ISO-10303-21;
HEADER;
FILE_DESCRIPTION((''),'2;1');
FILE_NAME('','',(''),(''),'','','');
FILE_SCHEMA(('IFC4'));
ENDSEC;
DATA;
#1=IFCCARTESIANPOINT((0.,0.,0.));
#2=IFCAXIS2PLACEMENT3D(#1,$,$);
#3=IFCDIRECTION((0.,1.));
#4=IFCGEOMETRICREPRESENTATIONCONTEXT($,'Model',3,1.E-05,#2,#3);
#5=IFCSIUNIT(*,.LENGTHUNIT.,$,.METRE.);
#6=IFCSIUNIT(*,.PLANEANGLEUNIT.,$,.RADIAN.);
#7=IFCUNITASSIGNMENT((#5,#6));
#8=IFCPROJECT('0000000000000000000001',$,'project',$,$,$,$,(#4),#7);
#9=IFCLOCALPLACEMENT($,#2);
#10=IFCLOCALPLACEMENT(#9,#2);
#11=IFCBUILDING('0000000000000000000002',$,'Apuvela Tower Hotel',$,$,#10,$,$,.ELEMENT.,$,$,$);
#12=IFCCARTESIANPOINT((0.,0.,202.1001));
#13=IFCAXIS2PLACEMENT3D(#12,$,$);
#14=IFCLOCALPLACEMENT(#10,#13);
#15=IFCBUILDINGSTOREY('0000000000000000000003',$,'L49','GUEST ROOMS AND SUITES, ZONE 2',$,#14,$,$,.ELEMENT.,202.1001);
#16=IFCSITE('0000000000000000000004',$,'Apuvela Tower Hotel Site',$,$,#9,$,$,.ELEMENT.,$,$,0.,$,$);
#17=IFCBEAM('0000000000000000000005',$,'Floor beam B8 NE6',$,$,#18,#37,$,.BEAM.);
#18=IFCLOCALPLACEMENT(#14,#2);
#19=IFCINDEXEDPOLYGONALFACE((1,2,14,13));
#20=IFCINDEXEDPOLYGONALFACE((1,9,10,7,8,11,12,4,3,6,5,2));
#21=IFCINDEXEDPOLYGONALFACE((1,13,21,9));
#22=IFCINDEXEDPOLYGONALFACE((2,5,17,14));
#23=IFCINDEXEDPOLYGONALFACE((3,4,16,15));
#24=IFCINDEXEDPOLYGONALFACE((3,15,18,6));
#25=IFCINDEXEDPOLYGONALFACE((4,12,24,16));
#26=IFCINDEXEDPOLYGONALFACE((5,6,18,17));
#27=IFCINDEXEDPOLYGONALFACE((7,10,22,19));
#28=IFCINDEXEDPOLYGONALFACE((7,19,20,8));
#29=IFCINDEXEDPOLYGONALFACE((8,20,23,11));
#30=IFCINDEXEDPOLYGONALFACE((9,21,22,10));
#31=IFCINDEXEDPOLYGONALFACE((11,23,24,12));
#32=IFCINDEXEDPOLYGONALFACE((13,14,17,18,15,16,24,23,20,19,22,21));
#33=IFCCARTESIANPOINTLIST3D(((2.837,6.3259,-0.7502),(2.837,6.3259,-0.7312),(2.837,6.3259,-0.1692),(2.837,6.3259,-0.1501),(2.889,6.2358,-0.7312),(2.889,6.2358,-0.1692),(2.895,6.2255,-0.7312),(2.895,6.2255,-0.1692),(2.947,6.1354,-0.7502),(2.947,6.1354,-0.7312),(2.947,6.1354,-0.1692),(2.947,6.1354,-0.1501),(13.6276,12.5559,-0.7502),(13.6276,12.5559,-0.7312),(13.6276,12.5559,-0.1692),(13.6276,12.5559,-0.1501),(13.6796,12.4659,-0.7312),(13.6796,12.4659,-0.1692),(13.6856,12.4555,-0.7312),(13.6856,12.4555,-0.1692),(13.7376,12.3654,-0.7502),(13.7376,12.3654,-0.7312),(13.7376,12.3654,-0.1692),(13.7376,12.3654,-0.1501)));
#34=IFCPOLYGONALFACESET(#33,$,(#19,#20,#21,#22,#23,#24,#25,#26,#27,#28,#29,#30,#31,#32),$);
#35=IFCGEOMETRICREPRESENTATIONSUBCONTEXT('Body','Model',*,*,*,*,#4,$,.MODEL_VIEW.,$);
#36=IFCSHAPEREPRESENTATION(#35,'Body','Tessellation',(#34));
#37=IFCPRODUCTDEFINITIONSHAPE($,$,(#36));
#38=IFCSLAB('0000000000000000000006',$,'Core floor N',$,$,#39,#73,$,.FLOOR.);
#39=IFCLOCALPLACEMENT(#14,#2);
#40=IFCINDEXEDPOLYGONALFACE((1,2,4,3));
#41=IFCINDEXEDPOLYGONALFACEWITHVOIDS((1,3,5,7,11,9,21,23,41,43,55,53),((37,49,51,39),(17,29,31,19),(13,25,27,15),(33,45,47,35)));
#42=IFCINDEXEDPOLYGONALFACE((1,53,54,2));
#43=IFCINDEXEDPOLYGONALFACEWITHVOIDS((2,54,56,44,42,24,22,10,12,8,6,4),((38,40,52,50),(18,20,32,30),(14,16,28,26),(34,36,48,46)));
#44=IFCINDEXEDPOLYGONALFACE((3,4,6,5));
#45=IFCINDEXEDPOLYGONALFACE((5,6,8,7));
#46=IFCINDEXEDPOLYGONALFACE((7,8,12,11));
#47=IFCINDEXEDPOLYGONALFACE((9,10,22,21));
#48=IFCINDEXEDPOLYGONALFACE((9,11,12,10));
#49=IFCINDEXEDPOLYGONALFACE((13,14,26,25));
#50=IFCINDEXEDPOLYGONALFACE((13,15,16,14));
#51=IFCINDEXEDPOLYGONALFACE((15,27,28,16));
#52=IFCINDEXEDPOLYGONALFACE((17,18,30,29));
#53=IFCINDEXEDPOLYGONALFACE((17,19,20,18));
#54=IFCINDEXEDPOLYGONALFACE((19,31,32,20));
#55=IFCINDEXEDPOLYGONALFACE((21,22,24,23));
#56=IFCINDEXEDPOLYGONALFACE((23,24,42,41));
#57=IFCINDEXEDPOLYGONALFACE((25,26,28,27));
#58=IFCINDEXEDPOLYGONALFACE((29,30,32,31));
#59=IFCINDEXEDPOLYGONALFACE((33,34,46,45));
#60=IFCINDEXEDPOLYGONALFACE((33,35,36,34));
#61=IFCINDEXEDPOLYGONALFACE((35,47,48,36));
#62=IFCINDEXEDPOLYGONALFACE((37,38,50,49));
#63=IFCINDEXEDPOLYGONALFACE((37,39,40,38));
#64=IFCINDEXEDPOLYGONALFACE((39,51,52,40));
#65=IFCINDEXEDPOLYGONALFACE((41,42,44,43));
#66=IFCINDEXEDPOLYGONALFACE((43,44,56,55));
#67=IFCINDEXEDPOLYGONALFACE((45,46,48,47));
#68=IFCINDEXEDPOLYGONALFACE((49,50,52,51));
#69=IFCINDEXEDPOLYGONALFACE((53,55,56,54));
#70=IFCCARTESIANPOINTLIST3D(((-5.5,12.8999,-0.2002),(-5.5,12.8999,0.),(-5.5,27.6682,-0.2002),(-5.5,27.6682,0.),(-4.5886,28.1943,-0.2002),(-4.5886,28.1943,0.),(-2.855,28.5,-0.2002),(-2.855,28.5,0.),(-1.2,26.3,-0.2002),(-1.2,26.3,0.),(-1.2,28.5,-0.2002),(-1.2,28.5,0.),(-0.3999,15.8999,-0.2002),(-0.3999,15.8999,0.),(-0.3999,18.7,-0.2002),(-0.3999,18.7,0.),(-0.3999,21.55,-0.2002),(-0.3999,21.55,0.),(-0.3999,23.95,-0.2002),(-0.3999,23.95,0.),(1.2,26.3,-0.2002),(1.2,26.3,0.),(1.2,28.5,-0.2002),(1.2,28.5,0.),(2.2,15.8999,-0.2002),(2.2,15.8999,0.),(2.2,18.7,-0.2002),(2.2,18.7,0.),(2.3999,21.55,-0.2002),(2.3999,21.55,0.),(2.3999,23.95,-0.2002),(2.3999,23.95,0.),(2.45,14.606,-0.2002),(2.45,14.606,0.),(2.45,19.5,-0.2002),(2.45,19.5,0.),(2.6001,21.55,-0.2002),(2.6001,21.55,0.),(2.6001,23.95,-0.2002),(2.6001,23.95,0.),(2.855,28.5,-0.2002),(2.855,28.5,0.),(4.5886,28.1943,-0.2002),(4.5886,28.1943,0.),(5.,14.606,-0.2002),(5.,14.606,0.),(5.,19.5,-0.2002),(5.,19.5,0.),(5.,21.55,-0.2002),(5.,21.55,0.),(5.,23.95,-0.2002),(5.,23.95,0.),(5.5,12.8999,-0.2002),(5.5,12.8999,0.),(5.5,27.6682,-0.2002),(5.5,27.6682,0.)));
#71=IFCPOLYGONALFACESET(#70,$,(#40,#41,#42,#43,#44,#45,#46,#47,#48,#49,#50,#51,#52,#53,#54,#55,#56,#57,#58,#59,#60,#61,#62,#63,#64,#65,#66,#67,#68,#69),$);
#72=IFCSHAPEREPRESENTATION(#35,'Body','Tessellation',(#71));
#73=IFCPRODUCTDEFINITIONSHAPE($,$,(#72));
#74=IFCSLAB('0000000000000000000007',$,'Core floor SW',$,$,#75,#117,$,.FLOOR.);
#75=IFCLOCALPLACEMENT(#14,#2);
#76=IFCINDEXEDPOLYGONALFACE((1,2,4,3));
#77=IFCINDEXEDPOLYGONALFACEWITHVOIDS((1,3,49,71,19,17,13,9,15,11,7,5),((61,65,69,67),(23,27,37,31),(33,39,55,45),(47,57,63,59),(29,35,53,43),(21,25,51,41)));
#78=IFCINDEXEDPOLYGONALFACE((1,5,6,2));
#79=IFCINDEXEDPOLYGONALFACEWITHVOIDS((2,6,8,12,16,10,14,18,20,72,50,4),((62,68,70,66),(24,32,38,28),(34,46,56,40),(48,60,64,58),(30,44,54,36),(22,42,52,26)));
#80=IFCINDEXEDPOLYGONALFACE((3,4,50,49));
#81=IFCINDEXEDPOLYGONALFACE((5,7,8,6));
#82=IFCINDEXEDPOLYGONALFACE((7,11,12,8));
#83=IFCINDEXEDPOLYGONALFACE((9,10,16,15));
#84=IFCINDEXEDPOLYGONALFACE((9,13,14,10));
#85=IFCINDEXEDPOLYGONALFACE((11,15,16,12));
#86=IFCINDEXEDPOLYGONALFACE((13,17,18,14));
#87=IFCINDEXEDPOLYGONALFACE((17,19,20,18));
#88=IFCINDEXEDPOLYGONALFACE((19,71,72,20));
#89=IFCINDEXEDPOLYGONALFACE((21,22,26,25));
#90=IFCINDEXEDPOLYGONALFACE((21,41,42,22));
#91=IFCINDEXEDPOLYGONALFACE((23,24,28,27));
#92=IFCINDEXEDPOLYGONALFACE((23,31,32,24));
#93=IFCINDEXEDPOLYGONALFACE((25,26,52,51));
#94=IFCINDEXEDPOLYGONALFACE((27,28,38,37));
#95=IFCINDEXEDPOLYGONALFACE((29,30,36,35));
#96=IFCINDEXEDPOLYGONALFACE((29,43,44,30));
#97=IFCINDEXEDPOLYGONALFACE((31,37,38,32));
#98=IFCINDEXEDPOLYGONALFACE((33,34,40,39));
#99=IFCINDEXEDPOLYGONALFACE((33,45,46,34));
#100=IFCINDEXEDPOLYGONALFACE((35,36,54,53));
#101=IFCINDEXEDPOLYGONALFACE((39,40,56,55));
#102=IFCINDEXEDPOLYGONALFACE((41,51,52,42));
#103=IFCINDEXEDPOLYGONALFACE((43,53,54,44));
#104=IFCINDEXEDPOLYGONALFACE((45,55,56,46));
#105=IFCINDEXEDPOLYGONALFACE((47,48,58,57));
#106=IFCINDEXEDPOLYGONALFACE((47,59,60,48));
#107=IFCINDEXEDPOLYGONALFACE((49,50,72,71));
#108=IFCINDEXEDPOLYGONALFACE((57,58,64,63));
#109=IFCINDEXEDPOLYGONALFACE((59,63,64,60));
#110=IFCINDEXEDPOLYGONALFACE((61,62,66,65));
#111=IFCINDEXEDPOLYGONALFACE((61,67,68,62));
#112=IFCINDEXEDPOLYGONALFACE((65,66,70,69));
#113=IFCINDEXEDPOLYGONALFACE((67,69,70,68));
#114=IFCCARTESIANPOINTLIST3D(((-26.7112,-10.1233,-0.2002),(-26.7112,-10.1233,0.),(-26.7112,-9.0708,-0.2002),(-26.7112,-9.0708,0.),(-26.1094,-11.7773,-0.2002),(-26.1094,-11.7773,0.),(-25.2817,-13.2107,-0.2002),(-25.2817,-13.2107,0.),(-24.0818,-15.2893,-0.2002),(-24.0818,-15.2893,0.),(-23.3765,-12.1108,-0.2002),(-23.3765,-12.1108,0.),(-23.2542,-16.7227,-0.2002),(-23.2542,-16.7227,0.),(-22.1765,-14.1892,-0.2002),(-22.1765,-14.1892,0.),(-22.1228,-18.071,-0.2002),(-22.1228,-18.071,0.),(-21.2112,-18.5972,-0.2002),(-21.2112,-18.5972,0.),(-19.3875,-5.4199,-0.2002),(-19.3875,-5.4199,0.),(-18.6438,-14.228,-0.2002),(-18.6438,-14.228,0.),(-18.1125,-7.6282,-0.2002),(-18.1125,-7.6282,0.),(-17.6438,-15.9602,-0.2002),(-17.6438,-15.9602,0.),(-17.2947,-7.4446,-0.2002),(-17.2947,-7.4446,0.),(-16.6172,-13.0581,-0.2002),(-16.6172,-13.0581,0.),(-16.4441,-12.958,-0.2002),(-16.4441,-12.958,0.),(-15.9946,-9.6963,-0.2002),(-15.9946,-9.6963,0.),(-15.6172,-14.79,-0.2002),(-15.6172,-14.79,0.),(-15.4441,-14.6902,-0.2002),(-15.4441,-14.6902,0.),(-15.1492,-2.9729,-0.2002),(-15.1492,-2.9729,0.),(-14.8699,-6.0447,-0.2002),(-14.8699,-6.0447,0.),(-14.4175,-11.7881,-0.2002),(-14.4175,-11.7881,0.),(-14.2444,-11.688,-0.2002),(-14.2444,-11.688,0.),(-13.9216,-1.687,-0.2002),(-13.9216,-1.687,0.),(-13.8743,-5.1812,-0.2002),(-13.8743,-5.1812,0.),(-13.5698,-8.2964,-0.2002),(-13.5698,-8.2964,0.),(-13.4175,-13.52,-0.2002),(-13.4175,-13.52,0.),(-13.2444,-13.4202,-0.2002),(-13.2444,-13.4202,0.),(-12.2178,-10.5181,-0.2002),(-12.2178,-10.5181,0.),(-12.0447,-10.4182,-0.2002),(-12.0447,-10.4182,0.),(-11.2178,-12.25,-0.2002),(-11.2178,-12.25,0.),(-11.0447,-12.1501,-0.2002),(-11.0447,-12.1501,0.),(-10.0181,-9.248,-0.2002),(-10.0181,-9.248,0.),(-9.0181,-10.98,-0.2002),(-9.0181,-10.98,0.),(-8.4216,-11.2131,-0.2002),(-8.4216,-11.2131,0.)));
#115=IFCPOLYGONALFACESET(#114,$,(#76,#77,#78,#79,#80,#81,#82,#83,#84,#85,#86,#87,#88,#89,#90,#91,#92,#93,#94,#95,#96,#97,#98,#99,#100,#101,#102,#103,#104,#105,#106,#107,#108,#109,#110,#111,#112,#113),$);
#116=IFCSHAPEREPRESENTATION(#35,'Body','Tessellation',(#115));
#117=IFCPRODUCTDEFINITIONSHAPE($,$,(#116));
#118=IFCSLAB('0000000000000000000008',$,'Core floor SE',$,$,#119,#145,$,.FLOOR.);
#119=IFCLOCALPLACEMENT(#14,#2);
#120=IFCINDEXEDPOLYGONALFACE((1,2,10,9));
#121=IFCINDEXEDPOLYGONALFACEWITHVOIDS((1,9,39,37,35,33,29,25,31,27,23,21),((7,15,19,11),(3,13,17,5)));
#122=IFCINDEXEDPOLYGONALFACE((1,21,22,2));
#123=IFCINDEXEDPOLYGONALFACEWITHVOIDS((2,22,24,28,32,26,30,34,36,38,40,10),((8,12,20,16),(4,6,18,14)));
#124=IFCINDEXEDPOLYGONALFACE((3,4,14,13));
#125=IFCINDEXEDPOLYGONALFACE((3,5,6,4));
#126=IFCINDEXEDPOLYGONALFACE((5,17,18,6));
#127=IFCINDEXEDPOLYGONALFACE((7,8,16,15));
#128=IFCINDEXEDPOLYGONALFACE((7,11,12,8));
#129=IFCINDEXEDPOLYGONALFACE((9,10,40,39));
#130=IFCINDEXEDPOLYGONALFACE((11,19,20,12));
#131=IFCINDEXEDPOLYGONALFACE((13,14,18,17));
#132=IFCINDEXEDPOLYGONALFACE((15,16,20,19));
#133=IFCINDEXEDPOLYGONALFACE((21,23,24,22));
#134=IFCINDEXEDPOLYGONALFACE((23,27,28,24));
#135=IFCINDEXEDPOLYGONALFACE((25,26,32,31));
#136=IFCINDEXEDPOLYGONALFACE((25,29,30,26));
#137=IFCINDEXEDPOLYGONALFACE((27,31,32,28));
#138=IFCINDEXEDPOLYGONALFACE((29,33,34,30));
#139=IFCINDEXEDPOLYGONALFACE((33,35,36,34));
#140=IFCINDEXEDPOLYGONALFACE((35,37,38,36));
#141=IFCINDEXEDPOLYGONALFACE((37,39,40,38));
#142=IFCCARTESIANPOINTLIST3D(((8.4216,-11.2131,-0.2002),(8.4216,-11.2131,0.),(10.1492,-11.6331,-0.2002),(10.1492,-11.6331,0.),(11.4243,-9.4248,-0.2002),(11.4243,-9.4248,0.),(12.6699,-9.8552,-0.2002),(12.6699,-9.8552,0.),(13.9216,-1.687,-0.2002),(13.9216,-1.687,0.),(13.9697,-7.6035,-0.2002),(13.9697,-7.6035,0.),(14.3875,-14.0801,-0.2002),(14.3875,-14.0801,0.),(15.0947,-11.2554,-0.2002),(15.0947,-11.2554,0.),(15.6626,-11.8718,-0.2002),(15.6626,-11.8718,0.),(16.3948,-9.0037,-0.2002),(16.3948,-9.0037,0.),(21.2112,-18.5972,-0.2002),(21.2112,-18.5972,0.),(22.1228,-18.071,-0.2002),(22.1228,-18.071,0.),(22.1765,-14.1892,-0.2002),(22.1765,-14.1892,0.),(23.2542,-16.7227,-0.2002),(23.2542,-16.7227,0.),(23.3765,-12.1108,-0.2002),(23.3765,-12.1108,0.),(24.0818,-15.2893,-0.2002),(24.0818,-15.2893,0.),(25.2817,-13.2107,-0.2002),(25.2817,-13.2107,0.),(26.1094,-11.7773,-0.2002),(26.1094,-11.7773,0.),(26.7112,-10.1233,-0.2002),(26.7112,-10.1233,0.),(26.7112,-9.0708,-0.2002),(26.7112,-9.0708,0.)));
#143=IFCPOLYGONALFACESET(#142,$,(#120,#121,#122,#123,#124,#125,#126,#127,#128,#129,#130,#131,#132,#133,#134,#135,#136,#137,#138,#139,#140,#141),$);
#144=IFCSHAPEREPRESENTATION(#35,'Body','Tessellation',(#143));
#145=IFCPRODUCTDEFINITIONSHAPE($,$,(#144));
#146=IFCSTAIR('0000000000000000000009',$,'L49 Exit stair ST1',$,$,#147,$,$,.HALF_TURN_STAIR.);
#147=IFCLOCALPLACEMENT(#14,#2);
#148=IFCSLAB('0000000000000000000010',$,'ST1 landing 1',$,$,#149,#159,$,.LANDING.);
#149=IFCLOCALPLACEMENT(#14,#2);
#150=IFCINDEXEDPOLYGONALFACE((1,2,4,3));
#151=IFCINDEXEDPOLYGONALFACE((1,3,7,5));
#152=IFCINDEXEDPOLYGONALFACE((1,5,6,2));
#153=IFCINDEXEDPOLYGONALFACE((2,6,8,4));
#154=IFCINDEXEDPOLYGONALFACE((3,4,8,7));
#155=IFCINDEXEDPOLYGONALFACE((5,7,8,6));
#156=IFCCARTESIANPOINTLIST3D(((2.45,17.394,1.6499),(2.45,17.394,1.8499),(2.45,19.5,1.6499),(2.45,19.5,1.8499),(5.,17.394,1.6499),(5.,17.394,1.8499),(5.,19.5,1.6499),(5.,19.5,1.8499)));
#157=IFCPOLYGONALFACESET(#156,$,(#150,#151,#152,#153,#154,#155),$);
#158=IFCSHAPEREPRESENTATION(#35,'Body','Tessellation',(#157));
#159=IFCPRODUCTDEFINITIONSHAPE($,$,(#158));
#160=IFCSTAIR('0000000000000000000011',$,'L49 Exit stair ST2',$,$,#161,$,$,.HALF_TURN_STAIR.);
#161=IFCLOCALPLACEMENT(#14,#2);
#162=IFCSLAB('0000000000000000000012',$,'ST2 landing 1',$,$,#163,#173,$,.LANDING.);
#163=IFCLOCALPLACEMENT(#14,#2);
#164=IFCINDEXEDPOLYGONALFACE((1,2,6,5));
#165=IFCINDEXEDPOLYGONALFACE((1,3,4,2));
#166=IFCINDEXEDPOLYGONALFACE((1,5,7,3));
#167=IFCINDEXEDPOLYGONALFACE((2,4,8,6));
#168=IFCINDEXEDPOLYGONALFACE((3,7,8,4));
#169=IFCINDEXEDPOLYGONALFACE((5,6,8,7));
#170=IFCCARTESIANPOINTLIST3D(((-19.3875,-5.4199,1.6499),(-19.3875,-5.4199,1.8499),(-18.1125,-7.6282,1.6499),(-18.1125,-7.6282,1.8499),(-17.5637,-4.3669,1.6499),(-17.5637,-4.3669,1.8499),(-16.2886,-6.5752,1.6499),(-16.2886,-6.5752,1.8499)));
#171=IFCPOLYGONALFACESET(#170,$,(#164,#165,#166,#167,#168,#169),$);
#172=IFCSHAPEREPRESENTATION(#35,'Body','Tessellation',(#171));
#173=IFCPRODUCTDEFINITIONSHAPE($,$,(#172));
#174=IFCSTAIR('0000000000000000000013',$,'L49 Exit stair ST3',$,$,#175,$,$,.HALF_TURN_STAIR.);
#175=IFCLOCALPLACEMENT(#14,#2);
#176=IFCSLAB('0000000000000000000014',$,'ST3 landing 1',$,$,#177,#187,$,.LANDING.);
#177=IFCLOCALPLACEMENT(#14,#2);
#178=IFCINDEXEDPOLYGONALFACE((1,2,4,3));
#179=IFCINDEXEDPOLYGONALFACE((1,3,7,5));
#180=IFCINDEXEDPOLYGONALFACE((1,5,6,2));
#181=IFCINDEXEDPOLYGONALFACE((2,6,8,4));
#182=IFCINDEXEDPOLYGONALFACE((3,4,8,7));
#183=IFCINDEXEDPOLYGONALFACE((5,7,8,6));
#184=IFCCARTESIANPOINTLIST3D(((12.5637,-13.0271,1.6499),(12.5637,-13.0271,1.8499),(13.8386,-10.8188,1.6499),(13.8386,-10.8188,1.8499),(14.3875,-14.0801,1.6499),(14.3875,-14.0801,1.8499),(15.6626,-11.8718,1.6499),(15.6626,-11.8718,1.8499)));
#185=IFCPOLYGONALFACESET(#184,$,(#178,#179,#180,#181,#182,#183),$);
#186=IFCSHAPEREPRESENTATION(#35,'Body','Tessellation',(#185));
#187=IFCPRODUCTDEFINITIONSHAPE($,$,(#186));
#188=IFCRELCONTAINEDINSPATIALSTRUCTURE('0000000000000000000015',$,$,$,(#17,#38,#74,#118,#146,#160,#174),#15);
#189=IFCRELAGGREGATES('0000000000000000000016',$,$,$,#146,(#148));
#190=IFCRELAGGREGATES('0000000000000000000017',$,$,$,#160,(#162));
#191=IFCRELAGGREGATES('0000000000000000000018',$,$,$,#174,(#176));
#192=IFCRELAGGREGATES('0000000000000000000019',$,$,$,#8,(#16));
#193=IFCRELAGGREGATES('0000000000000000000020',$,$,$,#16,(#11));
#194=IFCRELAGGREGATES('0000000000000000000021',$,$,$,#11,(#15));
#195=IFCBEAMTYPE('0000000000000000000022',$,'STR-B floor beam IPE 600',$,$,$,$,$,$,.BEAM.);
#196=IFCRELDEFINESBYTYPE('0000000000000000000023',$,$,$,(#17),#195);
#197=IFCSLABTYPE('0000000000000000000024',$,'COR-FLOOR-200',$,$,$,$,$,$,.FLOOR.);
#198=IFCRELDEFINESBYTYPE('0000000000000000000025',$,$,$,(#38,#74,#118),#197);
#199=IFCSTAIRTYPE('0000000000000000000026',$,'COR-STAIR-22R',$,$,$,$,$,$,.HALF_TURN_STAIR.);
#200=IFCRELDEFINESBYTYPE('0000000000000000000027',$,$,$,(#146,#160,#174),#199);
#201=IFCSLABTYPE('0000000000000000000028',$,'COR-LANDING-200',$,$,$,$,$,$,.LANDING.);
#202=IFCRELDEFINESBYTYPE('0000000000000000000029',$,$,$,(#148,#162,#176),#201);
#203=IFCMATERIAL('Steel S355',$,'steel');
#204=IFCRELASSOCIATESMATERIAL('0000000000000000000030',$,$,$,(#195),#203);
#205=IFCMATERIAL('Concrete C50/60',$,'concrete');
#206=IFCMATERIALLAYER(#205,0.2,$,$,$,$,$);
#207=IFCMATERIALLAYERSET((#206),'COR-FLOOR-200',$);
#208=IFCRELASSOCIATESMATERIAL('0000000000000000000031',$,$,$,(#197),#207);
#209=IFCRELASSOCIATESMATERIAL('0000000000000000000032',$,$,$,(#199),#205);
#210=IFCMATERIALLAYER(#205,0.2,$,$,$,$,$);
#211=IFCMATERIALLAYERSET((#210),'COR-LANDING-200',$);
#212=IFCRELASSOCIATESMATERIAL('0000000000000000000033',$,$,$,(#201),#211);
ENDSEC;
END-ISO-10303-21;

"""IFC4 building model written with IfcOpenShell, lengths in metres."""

from ifc_helpers import new_model, si_unit, direction, frame, origin, origin_2d, place, context, subcontext, project, spatial, polyline, i_section, outline, extrude, material, layer, layer_set, material_profile, profile_set, type_object, element, aggregate, save


model = new_model("IFC4")

# Units and contexts
model_context = context("Model", 3, precision=1e-05, world=origin(), true_north=direction((0.0, 1.0)))
body_context = subcontext(model_context, "Body", "Model", "MODEL_VIEW")
ifc_project = project(units=[si_unit("LENGTHUNIT", "METRE"), si_unit("PLANEANGLEUNIT", "RADIAN")], contexts=[model_context])

# Site, building, storey
site_placement = place(None, origin())
site = spatial("IfcSite", under=ifc_project, at=site_placement, Name="Apuvela Tower Hotel Site", CompositionType="ELEMENT", RefElevation=0.0)
building_placement = place(site_placement, origin())
building = spatial("IfcBuilding", under=site, at=building_placement, Name="Apuvela Tower Hotel", CompositionType="ELEMENT")
storey_placement = place(building_placement, frame((0.0, 0.0, 202.1001)))
storey = spatial("IfcBuildingStorey", under=building, at=storey_placement, Name="L49", Description="GUEST ROOMS AND SUITES, ZONE 2", CompositionType="ELEMENT", Elevation=202.1001)

# Beam
ifc_material_1 = material(Name="Steel S355", Category="steel")
ifc_material_profile = material_profile(ifc_material_1, i_section(OverallWidth=0.22, OverallDepth=0.6001, WebThickness=0.012, FlangeThickness=0.019, at=origin_2d()), Name="IPE 600")
ifc_profile_set = profile_set([ifc_material_profile], Name="Steel S355")
beam_type = type_object("IfcBeamType", Name="STR-B floor beam IPE 600", PredefinedType="BEAM", material=ifc_profile_set)
beam_placement = place(storey_placement, frame((13.6826, 12.4607, -0.4502), z_axis=(-0.866023, -0.500004, 0.0), x_axis=(0.500004, -0.866023, 0.0)))
element("IfcBeam", 1, at=beam_placement, inside=storey, type_object=beam_type, Name="Floor beam B8 NE6", PredefinedType="BEAM", context=body_context, shape_type="SweptSolid", body=[
    extrude(i_section(OverallWidth=0.22, OverallDepth=0.6001, WebThickness=0.012, FlangeThickness=0.019, at=origin_2d()), origin(), (0.0, 0.0, 1.0), 12.46),
])

# Slabs
ifc_material_2 = material(Name="Concrete C50/60", Category="concrete")
ifc_layer_1 = layer(ifc_material_2, 0.2)
ifc_layer_set_1 = layer_set([ifc_layer_1], Name="COR-FLOOR-200")
slab_type_1 = type_object("IfcSlabType", Name="COR-FLOOR-200", PredefinedType="FLOOR", material=ifc_layer_set_1)
slab_1_placement = place(storey_placement, frame((0.0, 0.0, -0.2002)))
element("IfcSlab", 2, at=slab_1_placement, inside=storey, type_object=slab_type_1, Name="Core floor N", PredefinedType="FLOOR", context=body_context, shape_type="SweptSolid", body=[
    extrude(outline(polyline([(5.5, 27.6682), (4.5886, 28.1943), (2.855, 28.5), (1.2, 28.5), (1.2, 26.3), (-1.2, 26.3), (-1.2, 28.5), (-2.855, 28.5), (-4.5886, 28.1943), (-5.5, 27.6682), (-5.5, 12.8999), (5.5, 12.8999), (5.5, 27.6682)]), holes=[polyline([(5.0, 14.606), (2.45, 14.606), (2.45, 19.5), (5.0, 19.5), (5.0, 14.606)]), polyline([(2.2, 15.8999), (-0.3999, 15.8999), (-0.3999, 18.7), (2.2, 18.7), (2.2, 15.8999)]), polyline([(5.0, 21.55), (2.6001, 21.55), (2.6001, 23.95), (5.0, 23.95), (5.0, 21.55)]), polyline([(2.3999, 21.55), (-0.3999, 21.55), (-0.3999, 23.95), (2.3999, 23.95), (2.3999, 21.55)])]), origin(), (0.0, 0.0, 1.0), 0.2002),
])
slab_2_placement = place(storey_placement, frame((0.0, 0.0, -0.2002)))
element("IfcSlab", 3, at=slab_2_placement, inside=storey, type_object=slab_type_1, Name="Core floor SW", PredefinedType="FLOOR", context=body_context, shape_type="SweptSolid", body=[
    extrude(outline(polyline([(-26.7112, -9.0708), (-26.7112, -10.1233), (-26.1094, -11.7773), (-25.2817, -13.2107), (-23.3765, -12.1108), (-22.1765, -14.1892), (-24.0818, -15.2893), (-23.2542, -16.7227), (-22.1228, -18.071), (-21.2112, -18.5972), (-8.4216, -11.2131), (-13.9216, -1.687), (-26.7112, -9.0708)]), holes=[polyline([(-10.0181, -9.248), (-9.0181, -10.98), (-11.0447, -12.1501), (-12.0447, -10.4182), (-10.0181, -9.248)]), polyline([(-14.2444, -11.688), (-12.2178, -10.5181), (-11.2178, -12.25), (-13.2444, -13.4202), (-14.2444, -11.688)]), polyline([(-19.3875, -5.4199), (-15.1492, -2.9729), (-13.8743, -5.1812), (-18.1125, -7.6282), (-19.3875, -5.4199)]), polyline([(-14.8699, -6.0447), (-13.5698, -8.2964), (-15.9946, -9.6963), (-17.2947, -7.4446), (-14.8699, -6.0447)]), polyline([(-16.4441, -12.958), (-14.4175, -11.7881), (-13.4175, -13.52), (-15.4441, -14.6902), (-16.4441, -12.958)]), polyline([(-18.6438, -14.228), (-16.6172, -13.0581), (-15.6172, -14.79), (-17.6438, -15.9602), (-18.6438, -14.228)])]), origin(), (0.0, 0.0, 1.0), 0.2002),
])
slab_3_placement = place(storey_placement, frame((0.0, 0.0, -0.2002)))
element("IfcSlab", 4, at=slab_3_placement, inside=storey, type_object=slab_type_1, Name="Core floor SE", PredefinedType="FLOOR", context=body_context, shape_type="SweptSolid", body=[
    extrude(outline(polyline([(21.2112, -18.5972), (22.1228, -18.071), (23.2542, -16.7227), (24.0818, -15.2893), (22.1765, -14.1892), (23.3765, -12.1108), (25.2817, -13.2107), (26.1094, -11.7773), (26.7112, -10.1233), (26.7112, -9.0708), (13.9216, -1.687), (8.4216, -11.2131), (21.2112, -18.5972)]), holes=[polyline([(11.4243, -9.4248), (15.6626, -11.8718), (14.3875, -14.0801), (10.1492, -11.6331), (11.4243, -9.4248)]), polyline([(13.9697, -7.6035), (16.3948, -9.0037), (15.0947, -11.2554), (12.6699, -9.8552), (13.9697, -7.6035)])]), origin(), (0.0, 0.0, 1.0), 0.2002),
])

# Stairs, slabs
stair_type = type_object("IfcStairType", Name="COR-STAIR-22R", PredefinedType="HALF_TURN_STAIR", material=ifc_material_2)
stair_1_placement = place(storey_placement, origin())
stair_1 = element("IfcStair", 5, at=stair_1_placement, inside=storey, type_object=stair_type, Name="L49 Exit stair ST1", PredefinedType="HALF_TURN_STAIR")
ifc_layer_2 = layer(ifc_material_2, 0.2)
ifc_layer_set_2 = layer_set([ifc_layer_2], Name="COR-LANDING-200")
slab_type_2 = type_object("IfcSlabType", Name="COR-LANDING-200", PredefinedType="LANDING", material=ifc_layer_set_2)
slab_4_placement = place(storey_placement, frame((0.0, 0.0, 1.6499)))
slab_4 = element("IfcSlab", 6, at=slab_4_placement, type_object=slab_type_2, Name="ST1 landing 1", PredefinedType="LANDING", context=body_context, shape_type="SweptSolid", body=[
    extrude(outline(polyline([(5.0, 17.394), (5.0, 19.5), (2.45, 19.5), (2.45, 17.394), (5.0, 17.394)])), origin(), (0.0, 0.0, 1.0), 0.2),
])
aggregate(stair_1, [slab_4])
stair_2_placement = place(storey_placement, origin())
stair_2 = element("IfcStair", 7, at=stair_2_placement, inside=storey, type_object=stair_type, Name="L49 Exit stair ST2", PredefinedType="HALF_TURN_STAIR")
slab_5_placement = place(storey_placement, frame((0.0, 0.0, 1.6499)))
slab_5 = element("IfcSlab", 8, at=slab_5_placement, type_object=slab_type_2, Name="ST2 landing 1", PredefinedType="LANDING", context=body_context, shape_type="SweptSolid", body=[
    extrude(outline(polyline([(-17.5637, -4.3669), (-19.3875, -5.4199), (-18.1125, -7.6282), (-16.2886, -6.5752), (-17.5637, -4.3669)])), origin(), (0.0, 0.0, 1.0), 0.2),
])
aggregate(stair_2, [slab_5])
stair_3_placement = place(storey_placement, origin())
stair_3 = element("IfcStair", 9, at=stair_3_placement, inside=storey, type_object=stair_type, Name="L49 Exit stair ST3", PredefinedType="HALF_TURN_STAIR")
slab_6_placement = place(storey_placement, frame((0.0, 0.0, 1.6499)))
slab_6 = element("IfcSlab", 10, at=slab_6_placement, type_object=slab_type_2, Name="ST3 landing 1", PredefinedType="LANDING", context=body_context, shape_type="SweptSolid", body=[
    extrude(outline(polyline([(12.5637, -13.0271), (14.3875, -14.0801), (15.6626, -11.8718), (13.8386, -10.8188), (12.5637, -13.0271)])), origin(), (0.0, 0.0, 1.0), 0.2),
])
aggregate(stair_3, [slab_6])

save(model, "model.ifc")
